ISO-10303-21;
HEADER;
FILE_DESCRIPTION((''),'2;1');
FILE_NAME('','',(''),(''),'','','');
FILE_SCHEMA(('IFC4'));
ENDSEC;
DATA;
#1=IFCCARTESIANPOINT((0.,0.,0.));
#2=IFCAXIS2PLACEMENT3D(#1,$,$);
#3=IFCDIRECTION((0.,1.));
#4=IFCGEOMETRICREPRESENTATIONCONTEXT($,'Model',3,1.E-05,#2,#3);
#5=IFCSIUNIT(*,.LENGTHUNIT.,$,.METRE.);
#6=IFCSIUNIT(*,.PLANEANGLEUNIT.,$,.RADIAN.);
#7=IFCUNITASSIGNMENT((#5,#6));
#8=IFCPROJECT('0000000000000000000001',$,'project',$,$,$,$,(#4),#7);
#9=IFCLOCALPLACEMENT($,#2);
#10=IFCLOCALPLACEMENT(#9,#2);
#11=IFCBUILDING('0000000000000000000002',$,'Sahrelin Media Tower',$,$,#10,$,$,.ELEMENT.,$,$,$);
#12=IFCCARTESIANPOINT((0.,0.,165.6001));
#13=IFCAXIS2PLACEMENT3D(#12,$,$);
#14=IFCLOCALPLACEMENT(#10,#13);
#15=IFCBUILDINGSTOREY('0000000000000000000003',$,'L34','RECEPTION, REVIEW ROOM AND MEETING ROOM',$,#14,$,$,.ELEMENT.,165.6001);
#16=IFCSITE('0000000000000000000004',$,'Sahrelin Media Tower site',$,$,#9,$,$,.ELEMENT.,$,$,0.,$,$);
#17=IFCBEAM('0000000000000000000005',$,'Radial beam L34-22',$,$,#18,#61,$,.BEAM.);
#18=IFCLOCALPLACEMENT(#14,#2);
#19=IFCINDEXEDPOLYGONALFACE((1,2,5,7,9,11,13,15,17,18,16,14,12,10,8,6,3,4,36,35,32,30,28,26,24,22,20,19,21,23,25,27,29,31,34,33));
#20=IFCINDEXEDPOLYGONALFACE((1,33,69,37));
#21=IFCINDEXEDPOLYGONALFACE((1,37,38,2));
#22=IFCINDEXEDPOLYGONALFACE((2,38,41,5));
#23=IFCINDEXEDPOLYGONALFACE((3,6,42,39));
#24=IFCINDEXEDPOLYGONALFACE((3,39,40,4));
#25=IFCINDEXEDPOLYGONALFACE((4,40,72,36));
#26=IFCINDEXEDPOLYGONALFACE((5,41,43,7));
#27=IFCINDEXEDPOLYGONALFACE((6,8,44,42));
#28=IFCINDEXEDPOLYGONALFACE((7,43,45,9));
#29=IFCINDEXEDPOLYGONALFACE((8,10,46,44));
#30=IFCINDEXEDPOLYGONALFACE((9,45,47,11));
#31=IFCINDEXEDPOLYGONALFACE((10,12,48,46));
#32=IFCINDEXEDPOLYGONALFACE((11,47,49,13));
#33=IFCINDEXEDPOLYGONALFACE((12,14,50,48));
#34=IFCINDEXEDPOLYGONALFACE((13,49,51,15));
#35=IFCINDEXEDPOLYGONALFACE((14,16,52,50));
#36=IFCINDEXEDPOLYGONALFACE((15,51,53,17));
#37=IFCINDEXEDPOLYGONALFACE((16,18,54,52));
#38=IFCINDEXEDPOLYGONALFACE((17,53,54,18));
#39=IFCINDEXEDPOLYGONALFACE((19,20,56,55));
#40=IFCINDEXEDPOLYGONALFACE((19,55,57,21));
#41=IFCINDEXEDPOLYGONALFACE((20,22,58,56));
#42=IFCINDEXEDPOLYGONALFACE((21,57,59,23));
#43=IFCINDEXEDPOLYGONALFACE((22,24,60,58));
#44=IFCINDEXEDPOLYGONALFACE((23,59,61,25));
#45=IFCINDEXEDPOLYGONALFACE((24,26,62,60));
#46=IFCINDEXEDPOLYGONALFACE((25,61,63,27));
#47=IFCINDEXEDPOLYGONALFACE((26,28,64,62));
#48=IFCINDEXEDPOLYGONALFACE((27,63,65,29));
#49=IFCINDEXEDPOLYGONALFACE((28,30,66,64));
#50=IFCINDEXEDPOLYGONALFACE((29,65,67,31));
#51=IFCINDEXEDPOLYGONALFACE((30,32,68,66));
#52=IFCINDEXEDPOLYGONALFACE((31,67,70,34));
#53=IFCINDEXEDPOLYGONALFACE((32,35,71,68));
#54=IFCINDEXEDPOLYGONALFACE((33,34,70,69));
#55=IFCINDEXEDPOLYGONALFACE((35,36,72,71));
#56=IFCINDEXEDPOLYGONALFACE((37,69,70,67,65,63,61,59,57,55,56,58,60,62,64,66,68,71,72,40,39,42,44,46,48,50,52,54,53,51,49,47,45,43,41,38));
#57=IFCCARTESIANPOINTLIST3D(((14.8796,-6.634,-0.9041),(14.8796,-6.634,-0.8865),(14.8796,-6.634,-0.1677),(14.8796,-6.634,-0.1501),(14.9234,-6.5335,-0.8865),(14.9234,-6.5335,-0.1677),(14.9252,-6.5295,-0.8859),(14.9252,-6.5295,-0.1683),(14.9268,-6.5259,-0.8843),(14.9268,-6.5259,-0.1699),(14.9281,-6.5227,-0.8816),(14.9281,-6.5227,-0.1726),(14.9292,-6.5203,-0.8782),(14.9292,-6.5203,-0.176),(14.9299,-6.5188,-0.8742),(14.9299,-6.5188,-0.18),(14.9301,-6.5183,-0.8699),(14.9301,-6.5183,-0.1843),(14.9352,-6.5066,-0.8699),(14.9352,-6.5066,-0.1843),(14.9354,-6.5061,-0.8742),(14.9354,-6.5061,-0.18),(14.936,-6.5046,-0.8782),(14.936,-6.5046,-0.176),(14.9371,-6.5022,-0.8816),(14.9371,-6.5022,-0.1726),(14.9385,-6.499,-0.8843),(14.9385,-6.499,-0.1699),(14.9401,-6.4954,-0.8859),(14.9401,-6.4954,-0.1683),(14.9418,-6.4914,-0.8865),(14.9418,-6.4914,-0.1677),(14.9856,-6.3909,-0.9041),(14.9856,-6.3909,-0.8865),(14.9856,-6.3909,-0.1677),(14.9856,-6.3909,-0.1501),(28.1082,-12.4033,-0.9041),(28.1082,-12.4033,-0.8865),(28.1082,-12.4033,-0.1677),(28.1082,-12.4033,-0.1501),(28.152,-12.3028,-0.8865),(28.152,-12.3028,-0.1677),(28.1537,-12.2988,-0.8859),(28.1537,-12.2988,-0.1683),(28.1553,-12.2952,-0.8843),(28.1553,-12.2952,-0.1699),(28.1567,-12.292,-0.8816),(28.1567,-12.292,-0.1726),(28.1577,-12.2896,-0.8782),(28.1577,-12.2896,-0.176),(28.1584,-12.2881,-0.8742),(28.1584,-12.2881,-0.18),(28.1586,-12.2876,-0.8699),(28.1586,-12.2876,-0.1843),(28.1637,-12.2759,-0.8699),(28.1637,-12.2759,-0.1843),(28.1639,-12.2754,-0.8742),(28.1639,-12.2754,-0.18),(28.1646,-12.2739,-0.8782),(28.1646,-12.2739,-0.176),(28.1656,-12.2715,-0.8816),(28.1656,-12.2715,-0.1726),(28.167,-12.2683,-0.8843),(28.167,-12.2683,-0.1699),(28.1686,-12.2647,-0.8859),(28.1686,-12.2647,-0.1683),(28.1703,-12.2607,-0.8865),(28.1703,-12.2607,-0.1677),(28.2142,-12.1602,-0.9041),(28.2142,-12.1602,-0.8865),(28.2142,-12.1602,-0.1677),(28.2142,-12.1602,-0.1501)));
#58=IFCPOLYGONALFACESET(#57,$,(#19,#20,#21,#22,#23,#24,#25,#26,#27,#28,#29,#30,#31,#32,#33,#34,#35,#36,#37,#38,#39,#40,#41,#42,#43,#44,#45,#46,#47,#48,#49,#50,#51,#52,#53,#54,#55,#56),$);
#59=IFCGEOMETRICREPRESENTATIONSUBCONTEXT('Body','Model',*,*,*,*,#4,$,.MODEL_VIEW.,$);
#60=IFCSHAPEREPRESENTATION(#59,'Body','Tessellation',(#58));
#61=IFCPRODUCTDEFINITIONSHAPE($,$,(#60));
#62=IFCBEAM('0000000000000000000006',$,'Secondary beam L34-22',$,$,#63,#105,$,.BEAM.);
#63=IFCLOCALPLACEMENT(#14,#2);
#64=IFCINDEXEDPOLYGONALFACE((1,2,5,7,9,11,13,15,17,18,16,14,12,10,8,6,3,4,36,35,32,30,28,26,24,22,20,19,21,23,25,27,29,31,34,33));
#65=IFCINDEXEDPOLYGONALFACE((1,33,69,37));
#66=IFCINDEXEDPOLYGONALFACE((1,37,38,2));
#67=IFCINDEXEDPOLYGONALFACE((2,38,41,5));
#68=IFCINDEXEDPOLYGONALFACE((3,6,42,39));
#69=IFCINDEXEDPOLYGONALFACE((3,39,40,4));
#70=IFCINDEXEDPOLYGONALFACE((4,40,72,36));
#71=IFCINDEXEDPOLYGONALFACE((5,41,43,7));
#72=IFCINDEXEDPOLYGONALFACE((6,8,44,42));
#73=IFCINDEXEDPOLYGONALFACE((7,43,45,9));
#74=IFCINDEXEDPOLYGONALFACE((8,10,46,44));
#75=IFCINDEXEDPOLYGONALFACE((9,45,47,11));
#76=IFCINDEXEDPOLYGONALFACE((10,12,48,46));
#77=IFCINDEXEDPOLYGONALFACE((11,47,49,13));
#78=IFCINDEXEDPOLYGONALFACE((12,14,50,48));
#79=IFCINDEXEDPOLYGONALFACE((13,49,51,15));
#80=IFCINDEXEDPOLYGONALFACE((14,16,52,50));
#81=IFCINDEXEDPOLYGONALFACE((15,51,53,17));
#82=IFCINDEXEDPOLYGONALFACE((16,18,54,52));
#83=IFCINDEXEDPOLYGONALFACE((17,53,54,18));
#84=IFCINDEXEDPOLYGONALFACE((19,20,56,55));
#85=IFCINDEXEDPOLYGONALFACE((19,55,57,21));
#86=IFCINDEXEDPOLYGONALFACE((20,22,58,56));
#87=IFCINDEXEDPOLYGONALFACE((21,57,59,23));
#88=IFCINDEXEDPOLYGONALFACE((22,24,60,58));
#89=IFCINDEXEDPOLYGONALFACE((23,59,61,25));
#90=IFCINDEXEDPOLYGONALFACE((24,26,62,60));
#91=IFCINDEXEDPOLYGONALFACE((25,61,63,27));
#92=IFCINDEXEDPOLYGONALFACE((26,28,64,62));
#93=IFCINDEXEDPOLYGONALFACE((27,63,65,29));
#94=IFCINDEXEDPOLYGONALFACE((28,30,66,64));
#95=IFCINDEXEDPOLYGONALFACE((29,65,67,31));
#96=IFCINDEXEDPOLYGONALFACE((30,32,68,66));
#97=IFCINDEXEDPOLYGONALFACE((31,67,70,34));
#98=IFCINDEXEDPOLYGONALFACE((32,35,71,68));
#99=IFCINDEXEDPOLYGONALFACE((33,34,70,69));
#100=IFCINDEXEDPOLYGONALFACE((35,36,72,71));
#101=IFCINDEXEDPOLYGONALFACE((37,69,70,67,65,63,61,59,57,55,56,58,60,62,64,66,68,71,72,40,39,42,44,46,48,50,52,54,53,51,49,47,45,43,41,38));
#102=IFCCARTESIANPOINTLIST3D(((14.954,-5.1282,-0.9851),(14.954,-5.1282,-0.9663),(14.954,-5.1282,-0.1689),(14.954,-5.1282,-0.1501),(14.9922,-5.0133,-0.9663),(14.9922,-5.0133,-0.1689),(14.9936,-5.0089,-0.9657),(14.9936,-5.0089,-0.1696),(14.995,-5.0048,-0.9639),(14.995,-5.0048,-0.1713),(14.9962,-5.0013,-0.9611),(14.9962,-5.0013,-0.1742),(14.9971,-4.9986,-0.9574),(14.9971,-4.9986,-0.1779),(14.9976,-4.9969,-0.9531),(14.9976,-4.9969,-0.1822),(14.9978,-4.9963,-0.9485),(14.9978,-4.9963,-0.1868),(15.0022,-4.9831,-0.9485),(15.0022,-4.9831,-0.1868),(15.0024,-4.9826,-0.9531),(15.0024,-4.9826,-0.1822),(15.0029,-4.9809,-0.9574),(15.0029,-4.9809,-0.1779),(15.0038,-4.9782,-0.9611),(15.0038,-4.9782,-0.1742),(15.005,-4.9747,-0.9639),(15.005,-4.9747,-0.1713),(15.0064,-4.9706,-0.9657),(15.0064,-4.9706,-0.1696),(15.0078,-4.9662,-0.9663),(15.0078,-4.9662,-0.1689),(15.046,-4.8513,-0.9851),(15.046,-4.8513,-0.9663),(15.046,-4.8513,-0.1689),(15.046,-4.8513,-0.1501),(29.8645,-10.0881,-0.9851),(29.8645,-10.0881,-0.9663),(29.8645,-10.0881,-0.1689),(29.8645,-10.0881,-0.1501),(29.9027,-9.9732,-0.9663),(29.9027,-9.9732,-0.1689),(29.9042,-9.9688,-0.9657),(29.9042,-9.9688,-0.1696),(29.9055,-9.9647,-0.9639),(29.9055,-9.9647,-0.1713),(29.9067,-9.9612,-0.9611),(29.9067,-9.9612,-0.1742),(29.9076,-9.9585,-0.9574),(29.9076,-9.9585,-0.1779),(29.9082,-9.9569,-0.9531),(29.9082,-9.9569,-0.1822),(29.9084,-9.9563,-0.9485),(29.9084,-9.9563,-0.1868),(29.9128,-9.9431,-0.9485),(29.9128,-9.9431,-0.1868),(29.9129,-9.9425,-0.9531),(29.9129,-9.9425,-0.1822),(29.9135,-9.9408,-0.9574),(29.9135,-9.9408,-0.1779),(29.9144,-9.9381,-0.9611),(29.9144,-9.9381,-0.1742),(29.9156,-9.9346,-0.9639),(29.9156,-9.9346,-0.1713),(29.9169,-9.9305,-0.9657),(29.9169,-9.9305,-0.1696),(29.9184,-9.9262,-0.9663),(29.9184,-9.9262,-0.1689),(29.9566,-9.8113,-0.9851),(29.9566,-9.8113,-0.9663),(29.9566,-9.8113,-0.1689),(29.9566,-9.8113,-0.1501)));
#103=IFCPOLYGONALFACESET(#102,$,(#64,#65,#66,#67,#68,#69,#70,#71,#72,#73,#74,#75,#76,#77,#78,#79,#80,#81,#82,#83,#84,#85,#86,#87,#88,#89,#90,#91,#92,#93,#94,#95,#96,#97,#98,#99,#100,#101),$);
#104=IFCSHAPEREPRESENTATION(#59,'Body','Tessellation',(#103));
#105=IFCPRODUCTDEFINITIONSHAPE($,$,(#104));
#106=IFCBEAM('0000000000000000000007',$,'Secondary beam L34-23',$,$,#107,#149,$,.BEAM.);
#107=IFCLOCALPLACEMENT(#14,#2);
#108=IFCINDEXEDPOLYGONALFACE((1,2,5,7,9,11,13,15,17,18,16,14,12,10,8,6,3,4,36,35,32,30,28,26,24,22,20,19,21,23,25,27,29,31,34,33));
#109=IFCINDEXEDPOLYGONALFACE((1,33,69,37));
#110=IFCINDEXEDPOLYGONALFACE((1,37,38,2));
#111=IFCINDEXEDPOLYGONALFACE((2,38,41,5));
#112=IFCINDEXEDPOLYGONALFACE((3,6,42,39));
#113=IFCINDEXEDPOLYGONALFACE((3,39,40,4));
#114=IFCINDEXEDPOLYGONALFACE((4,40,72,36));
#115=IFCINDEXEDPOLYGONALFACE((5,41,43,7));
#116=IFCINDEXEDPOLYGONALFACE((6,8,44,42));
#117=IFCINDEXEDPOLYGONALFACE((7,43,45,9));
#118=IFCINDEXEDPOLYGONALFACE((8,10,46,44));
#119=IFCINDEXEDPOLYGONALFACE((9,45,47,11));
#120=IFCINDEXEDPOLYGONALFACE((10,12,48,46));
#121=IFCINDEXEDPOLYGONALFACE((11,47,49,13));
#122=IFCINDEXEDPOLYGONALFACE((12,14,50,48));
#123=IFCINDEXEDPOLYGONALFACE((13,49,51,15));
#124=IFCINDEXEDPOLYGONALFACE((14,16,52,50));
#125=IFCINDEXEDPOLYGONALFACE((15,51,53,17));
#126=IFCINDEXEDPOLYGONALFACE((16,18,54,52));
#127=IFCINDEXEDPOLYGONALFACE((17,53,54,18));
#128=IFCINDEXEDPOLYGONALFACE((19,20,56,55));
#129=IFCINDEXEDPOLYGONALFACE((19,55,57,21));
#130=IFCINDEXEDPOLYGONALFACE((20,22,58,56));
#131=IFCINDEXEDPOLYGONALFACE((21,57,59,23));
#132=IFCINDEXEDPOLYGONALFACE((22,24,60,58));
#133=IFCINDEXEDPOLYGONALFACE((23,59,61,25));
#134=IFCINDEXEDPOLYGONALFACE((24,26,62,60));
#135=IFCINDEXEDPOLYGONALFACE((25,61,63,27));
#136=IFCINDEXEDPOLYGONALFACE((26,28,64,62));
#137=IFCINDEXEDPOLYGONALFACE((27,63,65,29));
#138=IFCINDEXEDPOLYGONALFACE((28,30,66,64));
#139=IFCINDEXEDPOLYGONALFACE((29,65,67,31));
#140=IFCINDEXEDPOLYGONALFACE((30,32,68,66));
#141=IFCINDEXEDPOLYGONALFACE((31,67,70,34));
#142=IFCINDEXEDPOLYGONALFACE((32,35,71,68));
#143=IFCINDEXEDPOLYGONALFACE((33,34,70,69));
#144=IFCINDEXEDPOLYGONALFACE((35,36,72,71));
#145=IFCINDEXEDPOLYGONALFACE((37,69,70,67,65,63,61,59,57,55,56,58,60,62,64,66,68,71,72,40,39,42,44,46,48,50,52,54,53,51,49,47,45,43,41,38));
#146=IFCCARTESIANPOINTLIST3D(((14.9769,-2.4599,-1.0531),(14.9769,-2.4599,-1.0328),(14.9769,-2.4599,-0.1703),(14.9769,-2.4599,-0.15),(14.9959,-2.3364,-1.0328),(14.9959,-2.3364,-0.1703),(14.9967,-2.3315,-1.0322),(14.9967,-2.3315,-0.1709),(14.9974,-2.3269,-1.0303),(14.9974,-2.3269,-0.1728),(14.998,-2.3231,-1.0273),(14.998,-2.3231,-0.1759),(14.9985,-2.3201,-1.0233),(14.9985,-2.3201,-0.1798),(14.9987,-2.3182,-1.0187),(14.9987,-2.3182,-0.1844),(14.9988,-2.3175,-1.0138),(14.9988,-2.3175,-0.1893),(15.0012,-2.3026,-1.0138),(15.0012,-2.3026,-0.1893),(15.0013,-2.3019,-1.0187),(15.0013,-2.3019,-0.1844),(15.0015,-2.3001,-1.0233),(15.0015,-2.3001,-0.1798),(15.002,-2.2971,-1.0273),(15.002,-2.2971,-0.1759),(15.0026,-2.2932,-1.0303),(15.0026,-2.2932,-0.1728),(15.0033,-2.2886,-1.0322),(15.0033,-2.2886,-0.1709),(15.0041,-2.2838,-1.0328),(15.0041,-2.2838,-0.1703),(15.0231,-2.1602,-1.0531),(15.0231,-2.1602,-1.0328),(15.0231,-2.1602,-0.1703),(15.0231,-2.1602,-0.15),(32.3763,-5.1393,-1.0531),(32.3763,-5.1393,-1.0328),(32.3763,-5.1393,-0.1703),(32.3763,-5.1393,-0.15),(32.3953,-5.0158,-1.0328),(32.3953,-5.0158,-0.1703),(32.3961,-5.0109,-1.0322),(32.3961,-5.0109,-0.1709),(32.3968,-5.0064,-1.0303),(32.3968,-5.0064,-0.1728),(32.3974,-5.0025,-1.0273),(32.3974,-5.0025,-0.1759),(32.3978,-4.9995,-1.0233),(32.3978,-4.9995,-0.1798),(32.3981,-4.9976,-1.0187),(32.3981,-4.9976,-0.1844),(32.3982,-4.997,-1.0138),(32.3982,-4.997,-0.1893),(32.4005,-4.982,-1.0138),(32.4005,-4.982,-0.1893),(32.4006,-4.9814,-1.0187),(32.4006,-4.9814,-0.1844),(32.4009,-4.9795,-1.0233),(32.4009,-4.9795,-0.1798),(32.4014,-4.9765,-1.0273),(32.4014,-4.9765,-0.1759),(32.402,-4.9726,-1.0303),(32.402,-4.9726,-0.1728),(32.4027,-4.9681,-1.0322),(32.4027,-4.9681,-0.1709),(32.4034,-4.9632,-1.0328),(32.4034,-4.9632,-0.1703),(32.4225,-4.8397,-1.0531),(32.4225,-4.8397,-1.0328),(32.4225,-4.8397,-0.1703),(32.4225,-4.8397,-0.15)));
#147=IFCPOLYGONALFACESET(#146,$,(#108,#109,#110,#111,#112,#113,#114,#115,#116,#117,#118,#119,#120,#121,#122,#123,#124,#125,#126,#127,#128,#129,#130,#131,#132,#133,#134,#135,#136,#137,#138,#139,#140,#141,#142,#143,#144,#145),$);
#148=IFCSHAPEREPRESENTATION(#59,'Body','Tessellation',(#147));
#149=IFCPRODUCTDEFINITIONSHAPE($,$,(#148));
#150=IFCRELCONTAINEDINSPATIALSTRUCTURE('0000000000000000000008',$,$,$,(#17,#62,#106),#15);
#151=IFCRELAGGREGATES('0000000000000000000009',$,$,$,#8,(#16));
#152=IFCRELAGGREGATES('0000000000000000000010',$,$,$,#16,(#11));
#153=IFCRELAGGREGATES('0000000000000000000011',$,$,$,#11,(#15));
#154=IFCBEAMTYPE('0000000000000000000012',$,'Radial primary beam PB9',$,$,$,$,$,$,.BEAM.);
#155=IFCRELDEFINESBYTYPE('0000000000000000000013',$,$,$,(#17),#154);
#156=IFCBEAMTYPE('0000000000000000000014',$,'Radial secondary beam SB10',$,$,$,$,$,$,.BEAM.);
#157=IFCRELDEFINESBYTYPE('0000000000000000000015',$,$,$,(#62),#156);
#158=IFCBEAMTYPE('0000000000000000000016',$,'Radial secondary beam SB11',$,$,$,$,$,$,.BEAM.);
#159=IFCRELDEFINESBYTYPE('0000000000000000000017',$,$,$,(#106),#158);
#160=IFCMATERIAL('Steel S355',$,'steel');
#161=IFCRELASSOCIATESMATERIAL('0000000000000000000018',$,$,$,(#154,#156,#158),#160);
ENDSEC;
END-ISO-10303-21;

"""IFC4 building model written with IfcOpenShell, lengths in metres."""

from ifc_helpers import new_model, si_unit, direction, frame, origin, origin_2d, place, context, subcontext, project, spatial, i_section, extrude, material, material_profile, profile_set, type_object, element, save


model = new_model("IFC4")

# Units and contexts
model_context = context("Model", 3, precision=1e-05, world=origin(), true_north=direction((0.0, 1.0)))
body_context = subcontext(model_context, "Body", "Model", "MODEL_VIEW")
ifc_project = project(units=[si_unit("LENGTHUNIT", "METRE"), si_unit("PLANEANGLEUNIT", "RADIAN")], contexts=[model_context])

# Site, building, storey
site_placement = place(None, origin())
site = spatial("IfcSite", under=ifc_project, at=site_placement, Name="Sahrelin Media Tower site", CompositionType="ELEMENT", RefElevation=0.0)
building_placement = place(site_placement, origin())
building = spatial("IfcBuilding", under=site, at=building_placement, Name="Sahrelin Media Tower", CompositionType="ELEMENT")
storey_placement = place(building_placement, frame((0.0, 0.0, 165.6001)))
storey = spatial("IfcBuildingStorey", under=building, at=storey_placement, Name="L34", Description="RECEPTION, REVIEW ROOM AND MEETING ROOM", CompositionType="ELEMENT", Elevation=165.6001)

# Shared definitions
ifc_material_1 = material(Name="Steel S355", Category="steel")

# Beams
ifc_material_profile_1 = material_profile(ifc_material_1, i_section(OverallWidth=0.2651, OverallDepth=0.7539, WebThickness=0.0127, FlangeThickness=0.0176, FilletRadius=0.0166, at=origin_2d()), Name="UB 762x267x147")
ifc_profile_set_1 = profile_set([ifc_material_profile_1], Name="Steel S355")
beam_type_1 = type_object("IfcBeamType", Name="Radial primary beam PB9", PredefinedType="BEAM", material=ifc_profile_set_1)
beam_1_placement = place(storey_placement, frame((14.9326, -6.5125, -0.5271), z_axis=(0.91662, -0.399761, 0.0), x_axis=(0.399761, 0.91662, 0.0)))
element("IfcBeam", 1, at=beam_1_placement, inside=storey, type_object=beam_type_1, Name="Radial beam L34-22", PredefinedType="BEAM", context=body_context, shape_type="SweptSolid", body=[
    extrude(i_section(OverallWidth=0.2651, OverallDepth=0.7539, WebThickness=0.0127, FlangeThickness=0.0176, FilletRadius=0.0166, at=origin_2d()), origin(), (0.0, 0.0, 1.0), 14.4319),
])
ifc_material_profile_2 = material_profile(ifc_material_1, i_section(OverallWidth=0.2917, OverallDepth=0.835, WebThickness=0.0139, FlangeThickness=0.0188, FilletRadius=0.0178, at=origin_2d()), Name="UB 838x292x176")
ifc_profile_set_2 = profile_set([ifc_material_profile_2], Name="Steel S355")
beam_type_2 = type_object("IfcBeamType", Name="Radial secondary beam SB10", PredefinedType="BEAM", material=ifc_profile_set_2)
beam_2_placement = place(storey_placement, frame((15.0, -4.9897, -0.5676), z_axis=(0.948879, -0.31564, 0.0), x_axis=(0.31564, 0.948879, 0.0)))
element("IfcBeam", 2, at=beam_2_placement, inside=storey, type_object=beam_type_2, Name="Secondary beam L34-22", PredefinedType="BEAM", context=body_context, shape_type="SweptSolid", body=[
    extrude(i_section(OverallWidth=0.2917, OverallDepth=0.835, WebThickness=0.0139, FlangeThickness=0.0188, FilletRadius=0.0178, at=origin_2d()), origin(), (0.0, 0.0, 1.0), 15.7139),
])
ifc_material_profile_3 = material_profile(ifc_material_1, i_section(OverallWidth=0.3032, OverallDepth=0.9031, WebThickness=0.0151, FlangeThickness=0.0203, FilletRadius=0.019, at=origin_2d()), Name="UB 914x305x201")
ifc_profile_set_3 = profile_set([ifc_material_profile_3], Name="Steel S355")
beam_type_3 = type_object("IfcBeamType", Name="Radial secondary beam SB11", PredefinedType="BEAM", material=ifc_profile_set_3)
beam_3_placement = place(storey_placement, frame((15.0, -2.3101, -0.6016), z_axis=(0.988349, -0.152202, 0.0), x_axis=(0.152202, 0.988349, 0.0)))
element("IfcBeam", 3, at=beam_3_placement, inside=storey, type_object=beam_type_3, Name="Secondary beam L34-23", PredefinedType="BEAM", context=body_context, shape_type="SweptSolid", body=[
    extrude(i_section(OverallWidth=0.3032, OverallDepth=0.9031, WebThickness=0.0151, FlangeThickness=0.0203, FilletRadius=0.019, at=origin_2d()), origin(), (0.0, 0.0, 1.0), 17.6045),
])

save(model, "model.ifc")
